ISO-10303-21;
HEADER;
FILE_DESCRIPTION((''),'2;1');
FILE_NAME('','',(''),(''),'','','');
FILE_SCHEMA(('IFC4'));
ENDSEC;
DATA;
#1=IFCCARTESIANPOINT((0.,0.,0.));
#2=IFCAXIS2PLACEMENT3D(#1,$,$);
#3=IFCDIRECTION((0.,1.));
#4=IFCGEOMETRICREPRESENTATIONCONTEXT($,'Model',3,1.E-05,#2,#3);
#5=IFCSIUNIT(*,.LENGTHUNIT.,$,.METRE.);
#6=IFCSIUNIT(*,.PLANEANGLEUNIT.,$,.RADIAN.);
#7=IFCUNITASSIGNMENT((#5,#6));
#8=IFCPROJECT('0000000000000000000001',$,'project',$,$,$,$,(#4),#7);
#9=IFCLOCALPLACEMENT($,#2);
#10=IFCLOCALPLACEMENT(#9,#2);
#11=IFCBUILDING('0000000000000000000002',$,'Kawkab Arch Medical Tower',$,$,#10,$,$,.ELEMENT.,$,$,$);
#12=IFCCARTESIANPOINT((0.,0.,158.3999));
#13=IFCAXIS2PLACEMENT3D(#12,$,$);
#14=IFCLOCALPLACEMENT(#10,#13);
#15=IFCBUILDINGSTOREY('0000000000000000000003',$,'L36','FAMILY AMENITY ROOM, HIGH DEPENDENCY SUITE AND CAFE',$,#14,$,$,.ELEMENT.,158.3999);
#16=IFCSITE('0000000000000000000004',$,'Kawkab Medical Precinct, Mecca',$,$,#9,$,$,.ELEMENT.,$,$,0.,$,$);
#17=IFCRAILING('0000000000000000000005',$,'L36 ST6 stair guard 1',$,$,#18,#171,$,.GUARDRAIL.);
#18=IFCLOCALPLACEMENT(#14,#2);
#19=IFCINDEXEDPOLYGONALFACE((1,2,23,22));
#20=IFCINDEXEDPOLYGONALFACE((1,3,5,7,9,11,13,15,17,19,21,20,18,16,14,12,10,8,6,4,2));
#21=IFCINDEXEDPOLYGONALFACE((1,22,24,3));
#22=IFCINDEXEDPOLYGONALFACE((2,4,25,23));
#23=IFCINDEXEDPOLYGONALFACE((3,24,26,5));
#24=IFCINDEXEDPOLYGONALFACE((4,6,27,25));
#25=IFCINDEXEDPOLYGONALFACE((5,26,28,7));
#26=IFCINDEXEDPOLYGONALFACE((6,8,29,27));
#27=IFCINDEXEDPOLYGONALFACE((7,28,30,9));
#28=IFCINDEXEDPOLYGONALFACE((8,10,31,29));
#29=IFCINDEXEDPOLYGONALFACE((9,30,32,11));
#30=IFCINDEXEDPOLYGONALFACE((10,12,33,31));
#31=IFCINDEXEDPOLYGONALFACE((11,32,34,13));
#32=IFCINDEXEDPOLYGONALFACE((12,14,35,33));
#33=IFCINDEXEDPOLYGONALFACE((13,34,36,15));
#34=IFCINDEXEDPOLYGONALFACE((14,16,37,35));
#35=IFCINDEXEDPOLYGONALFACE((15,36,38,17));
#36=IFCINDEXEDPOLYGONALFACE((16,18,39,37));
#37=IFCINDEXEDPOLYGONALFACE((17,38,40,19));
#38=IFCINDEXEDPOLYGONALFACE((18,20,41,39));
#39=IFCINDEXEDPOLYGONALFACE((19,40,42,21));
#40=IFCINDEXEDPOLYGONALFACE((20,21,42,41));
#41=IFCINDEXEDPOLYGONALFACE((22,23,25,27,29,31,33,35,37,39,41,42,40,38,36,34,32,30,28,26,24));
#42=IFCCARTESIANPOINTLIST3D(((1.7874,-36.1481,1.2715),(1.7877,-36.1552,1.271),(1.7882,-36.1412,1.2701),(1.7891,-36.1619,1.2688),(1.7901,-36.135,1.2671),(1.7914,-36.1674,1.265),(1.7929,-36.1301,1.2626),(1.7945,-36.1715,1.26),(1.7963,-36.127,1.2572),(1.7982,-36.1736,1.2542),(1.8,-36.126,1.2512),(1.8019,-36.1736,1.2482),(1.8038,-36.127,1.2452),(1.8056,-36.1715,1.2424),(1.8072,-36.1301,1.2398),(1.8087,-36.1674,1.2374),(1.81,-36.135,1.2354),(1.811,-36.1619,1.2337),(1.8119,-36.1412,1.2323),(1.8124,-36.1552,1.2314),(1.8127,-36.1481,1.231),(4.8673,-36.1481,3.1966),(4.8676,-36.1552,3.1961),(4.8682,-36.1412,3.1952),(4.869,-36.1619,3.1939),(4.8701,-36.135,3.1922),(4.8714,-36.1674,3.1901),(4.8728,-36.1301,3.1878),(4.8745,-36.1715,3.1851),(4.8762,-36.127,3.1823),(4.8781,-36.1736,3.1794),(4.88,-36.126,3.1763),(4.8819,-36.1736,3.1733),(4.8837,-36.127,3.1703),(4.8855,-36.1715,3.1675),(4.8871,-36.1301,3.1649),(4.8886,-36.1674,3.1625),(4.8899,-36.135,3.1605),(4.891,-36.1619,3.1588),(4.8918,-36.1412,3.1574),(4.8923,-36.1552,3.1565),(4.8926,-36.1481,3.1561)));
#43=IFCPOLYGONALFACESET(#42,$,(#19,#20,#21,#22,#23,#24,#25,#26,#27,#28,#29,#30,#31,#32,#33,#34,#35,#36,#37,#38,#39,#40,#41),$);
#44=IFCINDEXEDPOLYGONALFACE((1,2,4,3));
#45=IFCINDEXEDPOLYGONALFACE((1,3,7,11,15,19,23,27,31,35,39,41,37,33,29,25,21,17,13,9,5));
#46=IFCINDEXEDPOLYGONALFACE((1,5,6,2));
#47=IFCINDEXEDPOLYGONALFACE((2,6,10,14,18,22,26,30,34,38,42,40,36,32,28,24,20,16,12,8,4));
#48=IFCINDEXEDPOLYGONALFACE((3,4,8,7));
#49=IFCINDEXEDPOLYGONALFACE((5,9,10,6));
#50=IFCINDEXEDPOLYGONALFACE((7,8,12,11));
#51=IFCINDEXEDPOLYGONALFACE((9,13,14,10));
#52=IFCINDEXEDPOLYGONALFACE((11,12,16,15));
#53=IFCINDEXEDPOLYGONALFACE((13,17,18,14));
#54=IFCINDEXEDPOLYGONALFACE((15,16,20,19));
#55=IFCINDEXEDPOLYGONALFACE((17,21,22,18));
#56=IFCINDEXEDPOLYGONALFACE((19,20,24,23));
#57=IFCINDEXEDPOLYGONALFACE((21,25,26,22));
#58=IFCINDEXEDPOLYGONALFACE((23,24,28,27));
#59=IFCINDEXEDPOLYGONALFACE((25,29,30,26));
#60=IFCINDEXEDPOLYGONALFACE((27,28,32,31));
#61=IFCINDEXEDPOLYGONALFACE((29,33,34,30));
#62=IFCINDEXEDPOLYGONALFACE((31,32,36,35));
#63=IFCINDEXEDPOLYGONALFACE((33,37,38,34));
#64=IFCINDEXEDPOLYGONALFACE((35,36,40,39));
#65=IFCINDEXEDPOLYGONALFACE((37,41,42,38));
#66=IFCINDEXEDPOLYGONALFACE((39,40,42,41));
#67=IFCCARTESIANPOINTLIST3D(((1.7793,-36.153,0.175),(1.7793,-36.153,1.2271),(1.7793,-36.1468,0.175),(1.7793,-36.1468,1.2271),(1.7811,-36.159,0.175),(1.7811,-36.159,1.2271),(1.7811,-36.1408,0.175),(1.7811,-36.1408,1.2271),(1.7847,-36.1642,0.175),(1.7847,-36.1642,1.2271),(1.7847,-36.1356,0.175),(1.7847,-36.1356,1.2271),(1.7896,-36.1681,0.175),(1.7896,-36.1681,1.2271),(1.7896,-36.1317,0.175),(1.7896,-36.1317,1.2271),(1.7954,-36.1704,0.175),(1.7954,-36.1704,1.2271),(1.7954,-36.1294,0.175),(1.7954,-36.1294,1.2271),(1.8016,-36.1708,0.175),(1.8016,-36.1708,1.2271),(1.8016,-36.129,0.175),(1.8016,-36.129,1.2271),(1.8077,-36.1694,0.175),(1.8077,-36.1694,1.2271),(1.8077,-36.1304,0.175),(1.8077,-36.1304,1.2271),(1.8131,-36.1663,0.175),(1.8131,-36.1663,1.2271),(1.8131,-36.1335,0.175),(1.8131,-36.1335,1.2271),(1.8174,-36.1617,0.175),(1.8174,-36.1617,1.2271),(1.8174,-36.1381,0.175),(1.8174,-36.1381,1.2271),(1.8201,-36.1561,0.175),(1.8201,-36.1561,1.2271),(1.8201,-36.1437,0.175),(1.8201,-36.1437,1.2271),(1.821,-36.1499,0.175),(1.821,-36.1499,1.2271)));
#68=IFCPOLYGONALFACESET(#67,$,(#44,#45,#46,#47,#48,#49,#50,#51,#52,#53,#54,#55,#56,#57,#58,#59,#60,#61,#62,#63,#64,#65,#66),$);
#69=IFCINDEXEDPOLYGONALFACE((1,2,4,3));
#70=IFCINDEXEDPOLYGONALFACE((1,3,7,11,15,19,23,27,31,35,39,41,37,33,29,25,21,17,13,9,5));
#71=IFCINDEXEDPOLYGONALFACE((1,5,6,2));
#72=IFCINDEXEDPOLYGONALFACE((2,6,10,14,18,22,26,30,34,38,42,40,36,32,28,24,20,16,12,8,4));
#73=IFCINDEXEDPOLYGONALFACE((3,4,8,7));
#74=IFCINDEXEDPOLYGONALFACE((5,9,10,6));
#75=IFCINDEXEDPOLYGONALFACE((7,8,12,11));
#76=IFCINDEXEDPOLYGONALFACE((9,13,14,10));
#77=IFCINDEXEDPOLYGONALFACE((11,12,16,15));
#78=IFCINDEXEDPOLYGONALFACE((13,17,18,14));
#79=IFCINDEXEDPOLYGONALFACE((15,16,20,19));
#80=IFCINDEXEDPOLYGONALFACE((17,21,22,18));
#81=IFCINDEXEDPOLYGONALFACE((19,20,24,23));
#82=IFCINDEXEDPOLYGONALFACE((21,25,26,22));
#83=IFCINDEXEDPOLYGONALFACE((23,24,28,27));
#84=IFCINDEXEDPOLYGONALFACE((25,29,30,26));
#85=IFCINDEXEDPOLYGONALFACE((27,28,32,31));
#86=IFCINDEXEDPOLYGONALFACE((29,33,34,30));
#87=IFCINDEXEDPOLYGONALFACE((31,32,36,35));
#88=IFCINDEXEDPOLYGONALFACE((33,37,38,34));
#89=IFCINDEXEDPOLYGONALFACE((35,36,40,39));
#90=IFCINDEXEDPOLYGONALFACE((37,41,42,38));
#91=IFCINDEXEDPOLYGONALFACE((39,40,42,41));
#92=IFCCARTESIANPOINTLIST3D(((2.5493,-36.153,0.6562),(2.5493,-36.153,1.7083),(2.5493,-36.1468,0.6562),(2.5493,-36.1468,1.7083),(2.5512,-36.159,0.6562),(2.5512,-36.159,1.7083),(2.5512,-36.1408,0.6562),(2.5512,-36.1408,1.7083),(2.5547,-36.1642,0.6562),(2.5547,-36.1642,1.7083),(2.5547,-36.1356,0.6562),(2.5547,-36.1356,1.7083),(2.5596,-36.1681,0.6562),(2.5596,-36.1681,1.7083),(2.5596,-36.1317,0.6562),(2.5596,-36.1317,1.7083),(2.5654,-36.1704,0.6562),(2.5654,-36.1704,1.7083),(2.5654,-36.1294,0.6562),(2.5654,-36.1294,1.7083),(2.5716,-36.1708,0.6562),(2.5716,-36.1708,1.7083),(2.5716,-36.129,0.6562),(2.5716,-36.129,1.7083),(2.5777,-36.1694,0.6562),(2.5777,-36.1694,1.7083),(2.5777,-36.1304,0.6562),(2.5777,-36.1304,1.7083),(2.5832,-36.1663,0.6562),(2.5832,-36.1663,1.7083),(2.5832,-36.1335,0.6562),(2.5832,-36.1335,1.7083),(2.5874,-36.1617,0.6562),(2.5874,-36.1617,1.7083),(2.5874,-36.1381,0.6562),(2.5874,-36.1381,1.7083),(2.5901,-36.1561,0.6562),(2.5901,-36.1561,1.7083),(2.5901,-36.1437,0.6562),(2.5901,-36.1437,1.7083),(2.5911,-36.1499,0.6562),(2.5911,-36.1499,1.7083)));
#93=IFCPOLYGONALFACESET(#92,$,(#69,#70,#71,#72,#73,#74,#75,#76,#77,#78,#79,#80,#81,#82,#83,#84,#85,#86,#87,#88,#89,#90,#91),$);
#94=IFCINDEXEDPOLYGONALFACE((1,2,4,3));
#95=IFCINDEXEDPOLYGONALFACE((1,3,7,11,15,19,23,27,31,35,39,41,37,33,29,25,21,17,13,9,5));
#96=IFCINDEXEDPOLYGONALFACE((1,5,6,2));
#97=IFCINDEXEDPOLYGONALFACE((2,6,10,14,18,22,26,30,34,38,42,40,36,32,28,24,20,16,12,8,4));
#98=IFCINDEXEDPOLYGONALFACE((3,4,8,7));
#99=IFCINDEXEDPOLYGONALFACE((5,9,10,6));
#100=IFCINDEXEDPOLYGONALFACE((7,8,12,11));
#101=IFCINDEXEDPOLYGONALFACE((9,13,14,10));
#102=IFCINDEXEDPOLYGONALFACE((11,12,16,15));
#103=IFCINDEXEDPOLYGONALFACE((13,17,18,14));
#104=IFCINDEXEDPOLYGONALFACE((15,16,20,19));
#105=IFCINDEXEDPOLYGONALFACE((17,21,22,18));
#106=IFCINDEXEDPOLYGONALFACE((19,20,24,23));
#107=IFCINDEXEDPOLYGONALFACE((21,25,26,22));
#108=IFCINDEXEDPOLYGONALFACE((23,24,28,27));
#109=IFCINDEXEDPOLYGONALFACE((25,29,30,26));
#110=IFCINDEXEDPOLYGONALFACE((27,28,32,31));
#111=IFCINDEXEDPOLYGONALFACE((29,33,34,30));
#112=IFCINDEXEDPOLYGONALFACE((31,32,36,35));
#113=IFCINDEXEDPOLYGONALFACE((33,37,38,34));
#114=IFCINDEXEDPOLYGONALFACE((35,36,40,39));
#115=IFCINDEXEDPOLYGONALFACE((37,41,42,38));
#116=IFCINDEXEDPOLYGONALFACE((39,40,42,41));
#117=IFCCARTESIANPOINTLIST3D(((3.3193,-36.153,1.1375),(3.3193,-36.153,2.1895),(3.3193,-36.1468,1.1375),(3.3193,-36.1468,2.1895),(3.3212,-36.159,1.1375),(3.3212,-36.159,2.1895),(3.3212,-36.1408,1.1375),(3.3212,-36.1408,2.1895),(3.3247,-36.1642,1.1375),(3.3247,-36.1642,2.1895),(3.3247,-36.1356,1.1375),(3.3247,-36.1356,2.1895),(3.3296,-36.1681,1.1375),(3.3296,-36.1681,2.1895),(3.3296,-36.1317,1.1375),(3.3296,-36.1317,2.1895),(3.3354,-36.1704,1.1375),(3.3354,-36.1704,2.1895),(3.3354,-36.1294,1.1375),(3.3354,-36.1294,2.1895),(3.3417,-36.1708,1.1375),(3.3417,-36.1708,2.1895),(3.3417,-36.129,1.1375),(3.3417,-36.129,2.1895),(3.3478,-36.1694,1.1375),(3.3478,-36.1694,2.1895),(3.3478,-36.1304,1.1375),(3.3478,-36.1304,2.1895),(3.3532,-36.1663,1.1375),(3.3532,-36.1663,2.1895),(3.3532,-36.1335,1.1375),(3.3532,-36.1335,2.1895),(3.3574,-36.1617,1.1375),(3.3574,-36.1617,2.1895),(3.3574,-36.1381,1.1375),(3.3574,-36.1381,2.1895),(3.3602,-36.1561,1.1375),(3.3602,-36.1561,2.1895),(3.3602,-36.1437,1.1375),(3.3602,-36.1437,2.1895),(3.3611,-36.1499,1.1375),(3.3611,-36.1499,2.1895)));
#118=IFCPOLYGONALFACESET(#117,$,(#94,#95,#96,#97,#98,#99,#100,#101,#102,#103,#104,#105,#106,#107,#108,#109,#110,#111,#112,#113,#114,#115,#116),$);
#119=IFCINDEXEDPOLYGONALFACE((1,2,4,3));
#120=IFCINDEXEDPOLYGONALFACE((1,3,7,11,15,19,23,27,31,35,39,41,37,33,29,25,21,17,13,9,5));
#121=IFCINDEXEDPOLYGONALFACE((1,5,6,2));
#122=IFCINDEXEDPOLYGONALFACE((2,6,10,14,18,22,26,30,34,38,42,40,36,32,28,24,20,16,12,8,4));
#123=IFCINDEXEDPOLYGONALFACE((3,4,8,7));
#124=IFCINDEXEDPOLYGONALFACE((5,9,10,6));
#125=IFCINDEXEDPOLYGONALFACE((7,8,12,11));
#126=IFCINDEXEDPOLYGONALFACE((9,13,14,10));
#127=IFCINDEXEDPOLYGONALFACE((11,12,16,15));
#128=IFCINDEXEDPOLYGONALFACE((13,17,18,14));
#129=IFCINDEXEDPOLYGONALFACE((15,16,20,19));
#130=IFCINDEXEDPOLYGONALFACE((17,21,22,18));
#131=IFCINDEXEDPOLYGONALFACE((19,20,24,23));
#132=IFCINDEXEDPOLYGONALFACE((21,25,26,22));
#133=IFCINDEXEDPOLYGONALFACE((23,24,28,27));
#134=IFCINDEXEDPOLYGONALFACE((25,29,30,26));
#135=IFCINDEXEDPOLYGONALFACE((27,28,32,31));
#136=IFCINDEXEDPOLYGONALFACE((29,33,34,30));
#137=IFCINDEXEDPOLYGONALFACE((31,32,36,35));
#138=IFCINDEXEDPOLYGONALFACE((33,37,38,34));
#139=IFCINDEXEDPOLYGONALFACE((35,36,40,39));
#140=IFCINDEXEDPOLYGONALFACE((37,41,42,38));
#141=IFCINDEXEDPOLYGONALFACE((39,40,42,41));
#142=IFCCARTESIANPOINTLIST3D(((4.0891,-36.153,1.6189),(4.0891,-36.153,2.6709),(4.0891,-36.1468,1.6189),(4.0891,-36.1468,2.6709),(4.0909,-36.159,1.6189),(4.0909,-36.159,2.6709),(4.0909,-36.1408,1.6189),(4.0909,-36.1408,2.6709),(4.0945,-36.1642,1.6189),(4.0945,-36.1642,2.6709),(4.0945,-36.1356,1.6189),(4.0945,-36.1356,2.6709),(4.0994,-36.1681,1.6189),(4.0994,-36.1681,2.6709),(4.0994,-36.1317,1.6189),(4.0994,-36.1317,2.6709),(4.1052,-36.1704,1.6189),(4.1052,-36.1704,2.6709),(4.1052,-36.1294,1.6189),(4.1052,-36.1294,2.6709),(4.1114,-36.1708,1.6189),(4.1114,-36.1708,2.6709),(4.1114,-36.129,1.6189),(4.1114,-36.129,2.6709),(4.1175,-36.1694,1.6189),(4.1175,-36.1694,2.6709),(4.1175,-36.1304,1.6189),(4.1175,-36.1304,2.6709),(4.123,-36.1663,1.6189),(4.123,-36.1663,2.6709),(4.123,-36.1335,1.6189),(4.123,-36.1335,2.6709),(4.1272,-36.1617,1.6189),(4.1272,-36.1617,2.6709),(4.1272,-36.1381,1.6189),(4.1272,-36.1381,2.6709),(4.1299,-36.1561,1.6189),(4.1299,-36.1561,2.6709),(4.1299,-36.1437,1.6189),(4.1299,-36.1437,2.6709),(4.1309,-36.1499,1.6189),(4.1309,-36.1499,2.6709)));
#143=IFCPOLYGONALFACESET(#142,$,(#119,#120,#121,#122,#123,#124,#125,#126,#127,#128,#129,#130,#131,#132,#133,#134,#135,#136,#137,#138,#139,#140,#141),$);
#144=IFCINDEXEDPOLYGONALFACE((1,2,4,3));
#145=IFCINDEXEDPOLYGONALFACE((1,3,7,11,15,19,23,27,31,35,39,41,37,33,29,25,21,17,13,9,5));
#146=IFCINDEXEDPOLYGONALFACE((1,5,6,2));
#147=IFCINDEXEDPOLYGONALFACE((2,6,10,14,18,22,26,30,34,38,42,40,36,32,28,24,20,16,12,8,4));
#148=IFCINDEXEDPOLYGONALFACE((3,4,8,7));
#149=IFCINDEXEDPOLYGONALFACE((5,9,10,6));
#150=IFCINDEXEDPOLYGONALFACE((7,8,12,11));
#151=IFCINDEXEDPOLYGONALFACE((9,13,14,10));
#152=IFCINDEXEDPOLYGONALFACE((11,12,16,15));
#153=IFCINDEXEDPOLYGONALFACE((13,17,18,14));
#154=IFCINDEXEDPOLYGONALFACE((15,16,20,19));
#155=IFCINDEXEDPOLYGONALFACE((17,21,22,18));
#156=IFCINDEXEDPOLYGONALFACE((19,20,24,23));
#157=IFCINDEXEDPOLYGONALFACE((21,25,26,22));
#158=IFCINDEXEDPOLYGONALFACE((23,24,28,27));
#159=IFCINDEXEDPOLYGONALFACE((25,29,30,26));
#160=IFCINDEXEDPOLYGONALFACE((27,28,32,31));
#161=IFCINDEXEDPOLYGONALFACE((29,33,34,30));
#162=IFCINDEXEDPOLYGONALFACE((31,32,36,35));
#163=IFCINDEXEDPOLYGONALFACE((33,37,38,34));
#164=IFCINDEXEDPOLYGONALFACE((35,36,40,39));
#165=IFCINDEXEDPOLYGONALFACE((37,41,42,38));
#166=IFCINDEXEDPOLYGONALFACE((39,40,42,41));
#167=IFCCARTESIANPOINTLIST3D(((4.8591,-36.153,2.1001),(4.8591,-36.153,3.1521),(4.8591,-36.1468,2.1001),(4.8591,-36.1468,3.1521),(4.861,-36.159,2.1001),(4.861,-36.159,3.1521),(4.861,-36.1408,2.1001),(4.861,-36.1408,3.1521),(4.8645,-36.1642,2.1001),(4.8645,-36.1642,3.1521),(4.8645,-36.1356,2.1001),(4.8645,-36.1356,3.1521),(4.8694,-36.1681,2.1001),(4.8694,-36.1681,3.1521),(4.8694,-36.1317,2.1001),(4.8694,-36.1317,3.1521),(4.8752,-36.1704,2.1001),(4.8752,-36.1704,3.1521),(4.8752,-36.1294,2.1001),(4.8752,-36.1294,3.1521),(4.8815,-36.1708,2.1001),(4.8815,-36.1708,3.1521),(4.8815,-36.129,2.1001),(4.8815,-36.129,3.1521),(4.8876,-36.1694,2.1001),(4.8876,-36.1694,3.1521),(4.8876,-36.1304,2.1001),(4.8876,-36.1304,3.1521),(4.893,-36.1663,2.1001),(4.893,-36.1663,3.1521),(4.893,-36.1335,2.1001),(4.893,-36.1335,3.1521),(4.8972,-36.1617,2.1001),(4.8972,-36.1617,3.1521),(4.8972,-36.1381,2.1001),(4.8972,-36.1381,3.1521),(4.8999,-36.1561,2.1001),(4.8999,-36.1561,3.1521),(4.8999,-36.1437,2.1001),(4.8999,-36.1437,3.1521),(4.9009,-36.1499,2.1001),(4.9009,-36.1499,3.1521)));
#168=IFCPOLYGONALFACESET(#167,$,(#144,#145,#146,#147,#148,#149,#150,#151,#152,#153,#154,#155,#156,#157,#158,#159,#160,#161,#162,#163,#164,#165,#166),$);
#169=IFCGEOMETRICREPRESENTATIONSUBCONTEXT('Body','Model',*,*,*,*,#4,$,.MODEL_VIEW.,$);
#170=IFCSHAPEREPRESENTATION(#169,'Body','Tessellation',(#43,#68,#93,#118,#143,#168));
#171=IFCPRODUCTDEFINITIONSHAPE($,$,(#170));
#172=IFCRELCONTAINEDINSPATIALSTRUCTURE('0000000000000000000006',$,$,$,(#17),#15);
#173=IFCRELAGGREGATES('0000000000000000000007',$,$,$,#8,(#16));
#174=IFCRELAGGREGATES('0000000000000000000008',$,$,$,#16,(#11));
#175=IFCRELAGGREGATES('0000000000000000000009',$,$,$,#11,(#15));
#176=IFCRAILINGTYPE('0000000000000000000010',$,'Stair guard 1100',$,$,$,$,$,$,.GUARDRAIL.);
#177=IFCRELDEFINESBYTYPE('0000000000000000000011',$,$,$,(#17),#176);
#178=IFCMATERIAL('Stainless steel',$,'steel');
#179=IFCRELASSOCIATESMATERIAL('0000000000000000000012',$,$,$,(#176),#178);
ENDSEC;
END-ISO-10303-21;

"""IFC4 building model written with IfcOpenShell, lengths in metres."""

from ifc_helpers import new_model, si_unit, direction, frame, origin, origin_2d, place, context, subcontext, project, spatial, circle, extrude, material, type_object, element, save


model = new_model("IFC4")

# Units and contexts
model_context = context("Model", 3, precision=1e-05, world=origin(), true_north=direction((0.0, 1.0)))
body_context = subcontext(model_context, "Body", "Model", "MODEL_VIEW")
ifc_project = project(units=[si_unit("LENGTHUNIT", "METRE"), si_unit("PLANEANGLEUNIT", "RADIAN")], contexts=[model_context])

# Site, building, storey
site_placement = place(None, origin())
site = spatial("IfcSite", under=ifc_project, at=site_placement, Name="Kawkab Medical Precinct, Mecca", CompositionType="ELEMENT", RefElevation=0.0)
building_placement = place(site_placement, origin())
building = spatial("IfcBuilding", under=site, at=building_placement, Name="Kawkab Arch Medical Tower", CompositionType="ELEMENT")
storey_placement = place(building_placement, frame((0.0, 0.0, 158.3999)))
storey = spatial("IfcBuildingStorey", under=building, at=storey_placement, Name="L36", Description="FAMILY AMENITY ROOM, HIGH DEPENDENCY SUITE AND CAFE", CompositionType="ELEMENT", Elevation=158.3999)

# Railing
ifc_material_1 = material(Name="Stainless steel", Category="steel")
railing_type = type_object("IfcRailingType", Name="Stair guard 1100", PredefinedType="GUARDRAIL", material=ifc_material_1)
railing_1_placement = place(storey_placement, frame((1.8, -36.1499, 0.175)))
element("IfcRailing", 1, at=railing_1_placement, inside=storey, type_object=railing_type, Name="L36 ST6 stair guard 1", PredefinedType="GUARDRAIL", context=body_context, shape_type="SweptSolid", body=[
    extrude(circle(Radius=0.0239, at=origin_2d()), frame((0.0, 0.0, 1.0762), z_axis=(0.847979, 0.0, 0.530029), x_axis=(0.0, 1.0, 0.0)), (0.0, 0.0, 1.0), 3.6321),
    extrude(circle(Radius=0.021, at=origin_2d()), origin(), (0.0, 0.0, 1.0), 1.052),
    extrude(circle(Radius=0.021, at=origin_2d()), frame((0.77, 0.0, 0.4812)), (0.0, 0.0, 1.0), 1.052),
    extrude(circle(Radius=0.021, at=origin_2d()), frame((1.54, 0.0, 0.9624)), (0.0, 0.0, 1.0), 1.052),
    extrude(circle(Radius=0.021, at=origin_2d()), frame((2.3098, 0.0, 1.4438)), (0.0, 0.0, 1.0), 1.052),
    extrude(circle(Radius=0.021, at=origin_2d()), frame((3.0798, 0.0, 1.925)), (0.0, 0.0, 1.0), 1.052),
])

save(model, "model.ifc")
